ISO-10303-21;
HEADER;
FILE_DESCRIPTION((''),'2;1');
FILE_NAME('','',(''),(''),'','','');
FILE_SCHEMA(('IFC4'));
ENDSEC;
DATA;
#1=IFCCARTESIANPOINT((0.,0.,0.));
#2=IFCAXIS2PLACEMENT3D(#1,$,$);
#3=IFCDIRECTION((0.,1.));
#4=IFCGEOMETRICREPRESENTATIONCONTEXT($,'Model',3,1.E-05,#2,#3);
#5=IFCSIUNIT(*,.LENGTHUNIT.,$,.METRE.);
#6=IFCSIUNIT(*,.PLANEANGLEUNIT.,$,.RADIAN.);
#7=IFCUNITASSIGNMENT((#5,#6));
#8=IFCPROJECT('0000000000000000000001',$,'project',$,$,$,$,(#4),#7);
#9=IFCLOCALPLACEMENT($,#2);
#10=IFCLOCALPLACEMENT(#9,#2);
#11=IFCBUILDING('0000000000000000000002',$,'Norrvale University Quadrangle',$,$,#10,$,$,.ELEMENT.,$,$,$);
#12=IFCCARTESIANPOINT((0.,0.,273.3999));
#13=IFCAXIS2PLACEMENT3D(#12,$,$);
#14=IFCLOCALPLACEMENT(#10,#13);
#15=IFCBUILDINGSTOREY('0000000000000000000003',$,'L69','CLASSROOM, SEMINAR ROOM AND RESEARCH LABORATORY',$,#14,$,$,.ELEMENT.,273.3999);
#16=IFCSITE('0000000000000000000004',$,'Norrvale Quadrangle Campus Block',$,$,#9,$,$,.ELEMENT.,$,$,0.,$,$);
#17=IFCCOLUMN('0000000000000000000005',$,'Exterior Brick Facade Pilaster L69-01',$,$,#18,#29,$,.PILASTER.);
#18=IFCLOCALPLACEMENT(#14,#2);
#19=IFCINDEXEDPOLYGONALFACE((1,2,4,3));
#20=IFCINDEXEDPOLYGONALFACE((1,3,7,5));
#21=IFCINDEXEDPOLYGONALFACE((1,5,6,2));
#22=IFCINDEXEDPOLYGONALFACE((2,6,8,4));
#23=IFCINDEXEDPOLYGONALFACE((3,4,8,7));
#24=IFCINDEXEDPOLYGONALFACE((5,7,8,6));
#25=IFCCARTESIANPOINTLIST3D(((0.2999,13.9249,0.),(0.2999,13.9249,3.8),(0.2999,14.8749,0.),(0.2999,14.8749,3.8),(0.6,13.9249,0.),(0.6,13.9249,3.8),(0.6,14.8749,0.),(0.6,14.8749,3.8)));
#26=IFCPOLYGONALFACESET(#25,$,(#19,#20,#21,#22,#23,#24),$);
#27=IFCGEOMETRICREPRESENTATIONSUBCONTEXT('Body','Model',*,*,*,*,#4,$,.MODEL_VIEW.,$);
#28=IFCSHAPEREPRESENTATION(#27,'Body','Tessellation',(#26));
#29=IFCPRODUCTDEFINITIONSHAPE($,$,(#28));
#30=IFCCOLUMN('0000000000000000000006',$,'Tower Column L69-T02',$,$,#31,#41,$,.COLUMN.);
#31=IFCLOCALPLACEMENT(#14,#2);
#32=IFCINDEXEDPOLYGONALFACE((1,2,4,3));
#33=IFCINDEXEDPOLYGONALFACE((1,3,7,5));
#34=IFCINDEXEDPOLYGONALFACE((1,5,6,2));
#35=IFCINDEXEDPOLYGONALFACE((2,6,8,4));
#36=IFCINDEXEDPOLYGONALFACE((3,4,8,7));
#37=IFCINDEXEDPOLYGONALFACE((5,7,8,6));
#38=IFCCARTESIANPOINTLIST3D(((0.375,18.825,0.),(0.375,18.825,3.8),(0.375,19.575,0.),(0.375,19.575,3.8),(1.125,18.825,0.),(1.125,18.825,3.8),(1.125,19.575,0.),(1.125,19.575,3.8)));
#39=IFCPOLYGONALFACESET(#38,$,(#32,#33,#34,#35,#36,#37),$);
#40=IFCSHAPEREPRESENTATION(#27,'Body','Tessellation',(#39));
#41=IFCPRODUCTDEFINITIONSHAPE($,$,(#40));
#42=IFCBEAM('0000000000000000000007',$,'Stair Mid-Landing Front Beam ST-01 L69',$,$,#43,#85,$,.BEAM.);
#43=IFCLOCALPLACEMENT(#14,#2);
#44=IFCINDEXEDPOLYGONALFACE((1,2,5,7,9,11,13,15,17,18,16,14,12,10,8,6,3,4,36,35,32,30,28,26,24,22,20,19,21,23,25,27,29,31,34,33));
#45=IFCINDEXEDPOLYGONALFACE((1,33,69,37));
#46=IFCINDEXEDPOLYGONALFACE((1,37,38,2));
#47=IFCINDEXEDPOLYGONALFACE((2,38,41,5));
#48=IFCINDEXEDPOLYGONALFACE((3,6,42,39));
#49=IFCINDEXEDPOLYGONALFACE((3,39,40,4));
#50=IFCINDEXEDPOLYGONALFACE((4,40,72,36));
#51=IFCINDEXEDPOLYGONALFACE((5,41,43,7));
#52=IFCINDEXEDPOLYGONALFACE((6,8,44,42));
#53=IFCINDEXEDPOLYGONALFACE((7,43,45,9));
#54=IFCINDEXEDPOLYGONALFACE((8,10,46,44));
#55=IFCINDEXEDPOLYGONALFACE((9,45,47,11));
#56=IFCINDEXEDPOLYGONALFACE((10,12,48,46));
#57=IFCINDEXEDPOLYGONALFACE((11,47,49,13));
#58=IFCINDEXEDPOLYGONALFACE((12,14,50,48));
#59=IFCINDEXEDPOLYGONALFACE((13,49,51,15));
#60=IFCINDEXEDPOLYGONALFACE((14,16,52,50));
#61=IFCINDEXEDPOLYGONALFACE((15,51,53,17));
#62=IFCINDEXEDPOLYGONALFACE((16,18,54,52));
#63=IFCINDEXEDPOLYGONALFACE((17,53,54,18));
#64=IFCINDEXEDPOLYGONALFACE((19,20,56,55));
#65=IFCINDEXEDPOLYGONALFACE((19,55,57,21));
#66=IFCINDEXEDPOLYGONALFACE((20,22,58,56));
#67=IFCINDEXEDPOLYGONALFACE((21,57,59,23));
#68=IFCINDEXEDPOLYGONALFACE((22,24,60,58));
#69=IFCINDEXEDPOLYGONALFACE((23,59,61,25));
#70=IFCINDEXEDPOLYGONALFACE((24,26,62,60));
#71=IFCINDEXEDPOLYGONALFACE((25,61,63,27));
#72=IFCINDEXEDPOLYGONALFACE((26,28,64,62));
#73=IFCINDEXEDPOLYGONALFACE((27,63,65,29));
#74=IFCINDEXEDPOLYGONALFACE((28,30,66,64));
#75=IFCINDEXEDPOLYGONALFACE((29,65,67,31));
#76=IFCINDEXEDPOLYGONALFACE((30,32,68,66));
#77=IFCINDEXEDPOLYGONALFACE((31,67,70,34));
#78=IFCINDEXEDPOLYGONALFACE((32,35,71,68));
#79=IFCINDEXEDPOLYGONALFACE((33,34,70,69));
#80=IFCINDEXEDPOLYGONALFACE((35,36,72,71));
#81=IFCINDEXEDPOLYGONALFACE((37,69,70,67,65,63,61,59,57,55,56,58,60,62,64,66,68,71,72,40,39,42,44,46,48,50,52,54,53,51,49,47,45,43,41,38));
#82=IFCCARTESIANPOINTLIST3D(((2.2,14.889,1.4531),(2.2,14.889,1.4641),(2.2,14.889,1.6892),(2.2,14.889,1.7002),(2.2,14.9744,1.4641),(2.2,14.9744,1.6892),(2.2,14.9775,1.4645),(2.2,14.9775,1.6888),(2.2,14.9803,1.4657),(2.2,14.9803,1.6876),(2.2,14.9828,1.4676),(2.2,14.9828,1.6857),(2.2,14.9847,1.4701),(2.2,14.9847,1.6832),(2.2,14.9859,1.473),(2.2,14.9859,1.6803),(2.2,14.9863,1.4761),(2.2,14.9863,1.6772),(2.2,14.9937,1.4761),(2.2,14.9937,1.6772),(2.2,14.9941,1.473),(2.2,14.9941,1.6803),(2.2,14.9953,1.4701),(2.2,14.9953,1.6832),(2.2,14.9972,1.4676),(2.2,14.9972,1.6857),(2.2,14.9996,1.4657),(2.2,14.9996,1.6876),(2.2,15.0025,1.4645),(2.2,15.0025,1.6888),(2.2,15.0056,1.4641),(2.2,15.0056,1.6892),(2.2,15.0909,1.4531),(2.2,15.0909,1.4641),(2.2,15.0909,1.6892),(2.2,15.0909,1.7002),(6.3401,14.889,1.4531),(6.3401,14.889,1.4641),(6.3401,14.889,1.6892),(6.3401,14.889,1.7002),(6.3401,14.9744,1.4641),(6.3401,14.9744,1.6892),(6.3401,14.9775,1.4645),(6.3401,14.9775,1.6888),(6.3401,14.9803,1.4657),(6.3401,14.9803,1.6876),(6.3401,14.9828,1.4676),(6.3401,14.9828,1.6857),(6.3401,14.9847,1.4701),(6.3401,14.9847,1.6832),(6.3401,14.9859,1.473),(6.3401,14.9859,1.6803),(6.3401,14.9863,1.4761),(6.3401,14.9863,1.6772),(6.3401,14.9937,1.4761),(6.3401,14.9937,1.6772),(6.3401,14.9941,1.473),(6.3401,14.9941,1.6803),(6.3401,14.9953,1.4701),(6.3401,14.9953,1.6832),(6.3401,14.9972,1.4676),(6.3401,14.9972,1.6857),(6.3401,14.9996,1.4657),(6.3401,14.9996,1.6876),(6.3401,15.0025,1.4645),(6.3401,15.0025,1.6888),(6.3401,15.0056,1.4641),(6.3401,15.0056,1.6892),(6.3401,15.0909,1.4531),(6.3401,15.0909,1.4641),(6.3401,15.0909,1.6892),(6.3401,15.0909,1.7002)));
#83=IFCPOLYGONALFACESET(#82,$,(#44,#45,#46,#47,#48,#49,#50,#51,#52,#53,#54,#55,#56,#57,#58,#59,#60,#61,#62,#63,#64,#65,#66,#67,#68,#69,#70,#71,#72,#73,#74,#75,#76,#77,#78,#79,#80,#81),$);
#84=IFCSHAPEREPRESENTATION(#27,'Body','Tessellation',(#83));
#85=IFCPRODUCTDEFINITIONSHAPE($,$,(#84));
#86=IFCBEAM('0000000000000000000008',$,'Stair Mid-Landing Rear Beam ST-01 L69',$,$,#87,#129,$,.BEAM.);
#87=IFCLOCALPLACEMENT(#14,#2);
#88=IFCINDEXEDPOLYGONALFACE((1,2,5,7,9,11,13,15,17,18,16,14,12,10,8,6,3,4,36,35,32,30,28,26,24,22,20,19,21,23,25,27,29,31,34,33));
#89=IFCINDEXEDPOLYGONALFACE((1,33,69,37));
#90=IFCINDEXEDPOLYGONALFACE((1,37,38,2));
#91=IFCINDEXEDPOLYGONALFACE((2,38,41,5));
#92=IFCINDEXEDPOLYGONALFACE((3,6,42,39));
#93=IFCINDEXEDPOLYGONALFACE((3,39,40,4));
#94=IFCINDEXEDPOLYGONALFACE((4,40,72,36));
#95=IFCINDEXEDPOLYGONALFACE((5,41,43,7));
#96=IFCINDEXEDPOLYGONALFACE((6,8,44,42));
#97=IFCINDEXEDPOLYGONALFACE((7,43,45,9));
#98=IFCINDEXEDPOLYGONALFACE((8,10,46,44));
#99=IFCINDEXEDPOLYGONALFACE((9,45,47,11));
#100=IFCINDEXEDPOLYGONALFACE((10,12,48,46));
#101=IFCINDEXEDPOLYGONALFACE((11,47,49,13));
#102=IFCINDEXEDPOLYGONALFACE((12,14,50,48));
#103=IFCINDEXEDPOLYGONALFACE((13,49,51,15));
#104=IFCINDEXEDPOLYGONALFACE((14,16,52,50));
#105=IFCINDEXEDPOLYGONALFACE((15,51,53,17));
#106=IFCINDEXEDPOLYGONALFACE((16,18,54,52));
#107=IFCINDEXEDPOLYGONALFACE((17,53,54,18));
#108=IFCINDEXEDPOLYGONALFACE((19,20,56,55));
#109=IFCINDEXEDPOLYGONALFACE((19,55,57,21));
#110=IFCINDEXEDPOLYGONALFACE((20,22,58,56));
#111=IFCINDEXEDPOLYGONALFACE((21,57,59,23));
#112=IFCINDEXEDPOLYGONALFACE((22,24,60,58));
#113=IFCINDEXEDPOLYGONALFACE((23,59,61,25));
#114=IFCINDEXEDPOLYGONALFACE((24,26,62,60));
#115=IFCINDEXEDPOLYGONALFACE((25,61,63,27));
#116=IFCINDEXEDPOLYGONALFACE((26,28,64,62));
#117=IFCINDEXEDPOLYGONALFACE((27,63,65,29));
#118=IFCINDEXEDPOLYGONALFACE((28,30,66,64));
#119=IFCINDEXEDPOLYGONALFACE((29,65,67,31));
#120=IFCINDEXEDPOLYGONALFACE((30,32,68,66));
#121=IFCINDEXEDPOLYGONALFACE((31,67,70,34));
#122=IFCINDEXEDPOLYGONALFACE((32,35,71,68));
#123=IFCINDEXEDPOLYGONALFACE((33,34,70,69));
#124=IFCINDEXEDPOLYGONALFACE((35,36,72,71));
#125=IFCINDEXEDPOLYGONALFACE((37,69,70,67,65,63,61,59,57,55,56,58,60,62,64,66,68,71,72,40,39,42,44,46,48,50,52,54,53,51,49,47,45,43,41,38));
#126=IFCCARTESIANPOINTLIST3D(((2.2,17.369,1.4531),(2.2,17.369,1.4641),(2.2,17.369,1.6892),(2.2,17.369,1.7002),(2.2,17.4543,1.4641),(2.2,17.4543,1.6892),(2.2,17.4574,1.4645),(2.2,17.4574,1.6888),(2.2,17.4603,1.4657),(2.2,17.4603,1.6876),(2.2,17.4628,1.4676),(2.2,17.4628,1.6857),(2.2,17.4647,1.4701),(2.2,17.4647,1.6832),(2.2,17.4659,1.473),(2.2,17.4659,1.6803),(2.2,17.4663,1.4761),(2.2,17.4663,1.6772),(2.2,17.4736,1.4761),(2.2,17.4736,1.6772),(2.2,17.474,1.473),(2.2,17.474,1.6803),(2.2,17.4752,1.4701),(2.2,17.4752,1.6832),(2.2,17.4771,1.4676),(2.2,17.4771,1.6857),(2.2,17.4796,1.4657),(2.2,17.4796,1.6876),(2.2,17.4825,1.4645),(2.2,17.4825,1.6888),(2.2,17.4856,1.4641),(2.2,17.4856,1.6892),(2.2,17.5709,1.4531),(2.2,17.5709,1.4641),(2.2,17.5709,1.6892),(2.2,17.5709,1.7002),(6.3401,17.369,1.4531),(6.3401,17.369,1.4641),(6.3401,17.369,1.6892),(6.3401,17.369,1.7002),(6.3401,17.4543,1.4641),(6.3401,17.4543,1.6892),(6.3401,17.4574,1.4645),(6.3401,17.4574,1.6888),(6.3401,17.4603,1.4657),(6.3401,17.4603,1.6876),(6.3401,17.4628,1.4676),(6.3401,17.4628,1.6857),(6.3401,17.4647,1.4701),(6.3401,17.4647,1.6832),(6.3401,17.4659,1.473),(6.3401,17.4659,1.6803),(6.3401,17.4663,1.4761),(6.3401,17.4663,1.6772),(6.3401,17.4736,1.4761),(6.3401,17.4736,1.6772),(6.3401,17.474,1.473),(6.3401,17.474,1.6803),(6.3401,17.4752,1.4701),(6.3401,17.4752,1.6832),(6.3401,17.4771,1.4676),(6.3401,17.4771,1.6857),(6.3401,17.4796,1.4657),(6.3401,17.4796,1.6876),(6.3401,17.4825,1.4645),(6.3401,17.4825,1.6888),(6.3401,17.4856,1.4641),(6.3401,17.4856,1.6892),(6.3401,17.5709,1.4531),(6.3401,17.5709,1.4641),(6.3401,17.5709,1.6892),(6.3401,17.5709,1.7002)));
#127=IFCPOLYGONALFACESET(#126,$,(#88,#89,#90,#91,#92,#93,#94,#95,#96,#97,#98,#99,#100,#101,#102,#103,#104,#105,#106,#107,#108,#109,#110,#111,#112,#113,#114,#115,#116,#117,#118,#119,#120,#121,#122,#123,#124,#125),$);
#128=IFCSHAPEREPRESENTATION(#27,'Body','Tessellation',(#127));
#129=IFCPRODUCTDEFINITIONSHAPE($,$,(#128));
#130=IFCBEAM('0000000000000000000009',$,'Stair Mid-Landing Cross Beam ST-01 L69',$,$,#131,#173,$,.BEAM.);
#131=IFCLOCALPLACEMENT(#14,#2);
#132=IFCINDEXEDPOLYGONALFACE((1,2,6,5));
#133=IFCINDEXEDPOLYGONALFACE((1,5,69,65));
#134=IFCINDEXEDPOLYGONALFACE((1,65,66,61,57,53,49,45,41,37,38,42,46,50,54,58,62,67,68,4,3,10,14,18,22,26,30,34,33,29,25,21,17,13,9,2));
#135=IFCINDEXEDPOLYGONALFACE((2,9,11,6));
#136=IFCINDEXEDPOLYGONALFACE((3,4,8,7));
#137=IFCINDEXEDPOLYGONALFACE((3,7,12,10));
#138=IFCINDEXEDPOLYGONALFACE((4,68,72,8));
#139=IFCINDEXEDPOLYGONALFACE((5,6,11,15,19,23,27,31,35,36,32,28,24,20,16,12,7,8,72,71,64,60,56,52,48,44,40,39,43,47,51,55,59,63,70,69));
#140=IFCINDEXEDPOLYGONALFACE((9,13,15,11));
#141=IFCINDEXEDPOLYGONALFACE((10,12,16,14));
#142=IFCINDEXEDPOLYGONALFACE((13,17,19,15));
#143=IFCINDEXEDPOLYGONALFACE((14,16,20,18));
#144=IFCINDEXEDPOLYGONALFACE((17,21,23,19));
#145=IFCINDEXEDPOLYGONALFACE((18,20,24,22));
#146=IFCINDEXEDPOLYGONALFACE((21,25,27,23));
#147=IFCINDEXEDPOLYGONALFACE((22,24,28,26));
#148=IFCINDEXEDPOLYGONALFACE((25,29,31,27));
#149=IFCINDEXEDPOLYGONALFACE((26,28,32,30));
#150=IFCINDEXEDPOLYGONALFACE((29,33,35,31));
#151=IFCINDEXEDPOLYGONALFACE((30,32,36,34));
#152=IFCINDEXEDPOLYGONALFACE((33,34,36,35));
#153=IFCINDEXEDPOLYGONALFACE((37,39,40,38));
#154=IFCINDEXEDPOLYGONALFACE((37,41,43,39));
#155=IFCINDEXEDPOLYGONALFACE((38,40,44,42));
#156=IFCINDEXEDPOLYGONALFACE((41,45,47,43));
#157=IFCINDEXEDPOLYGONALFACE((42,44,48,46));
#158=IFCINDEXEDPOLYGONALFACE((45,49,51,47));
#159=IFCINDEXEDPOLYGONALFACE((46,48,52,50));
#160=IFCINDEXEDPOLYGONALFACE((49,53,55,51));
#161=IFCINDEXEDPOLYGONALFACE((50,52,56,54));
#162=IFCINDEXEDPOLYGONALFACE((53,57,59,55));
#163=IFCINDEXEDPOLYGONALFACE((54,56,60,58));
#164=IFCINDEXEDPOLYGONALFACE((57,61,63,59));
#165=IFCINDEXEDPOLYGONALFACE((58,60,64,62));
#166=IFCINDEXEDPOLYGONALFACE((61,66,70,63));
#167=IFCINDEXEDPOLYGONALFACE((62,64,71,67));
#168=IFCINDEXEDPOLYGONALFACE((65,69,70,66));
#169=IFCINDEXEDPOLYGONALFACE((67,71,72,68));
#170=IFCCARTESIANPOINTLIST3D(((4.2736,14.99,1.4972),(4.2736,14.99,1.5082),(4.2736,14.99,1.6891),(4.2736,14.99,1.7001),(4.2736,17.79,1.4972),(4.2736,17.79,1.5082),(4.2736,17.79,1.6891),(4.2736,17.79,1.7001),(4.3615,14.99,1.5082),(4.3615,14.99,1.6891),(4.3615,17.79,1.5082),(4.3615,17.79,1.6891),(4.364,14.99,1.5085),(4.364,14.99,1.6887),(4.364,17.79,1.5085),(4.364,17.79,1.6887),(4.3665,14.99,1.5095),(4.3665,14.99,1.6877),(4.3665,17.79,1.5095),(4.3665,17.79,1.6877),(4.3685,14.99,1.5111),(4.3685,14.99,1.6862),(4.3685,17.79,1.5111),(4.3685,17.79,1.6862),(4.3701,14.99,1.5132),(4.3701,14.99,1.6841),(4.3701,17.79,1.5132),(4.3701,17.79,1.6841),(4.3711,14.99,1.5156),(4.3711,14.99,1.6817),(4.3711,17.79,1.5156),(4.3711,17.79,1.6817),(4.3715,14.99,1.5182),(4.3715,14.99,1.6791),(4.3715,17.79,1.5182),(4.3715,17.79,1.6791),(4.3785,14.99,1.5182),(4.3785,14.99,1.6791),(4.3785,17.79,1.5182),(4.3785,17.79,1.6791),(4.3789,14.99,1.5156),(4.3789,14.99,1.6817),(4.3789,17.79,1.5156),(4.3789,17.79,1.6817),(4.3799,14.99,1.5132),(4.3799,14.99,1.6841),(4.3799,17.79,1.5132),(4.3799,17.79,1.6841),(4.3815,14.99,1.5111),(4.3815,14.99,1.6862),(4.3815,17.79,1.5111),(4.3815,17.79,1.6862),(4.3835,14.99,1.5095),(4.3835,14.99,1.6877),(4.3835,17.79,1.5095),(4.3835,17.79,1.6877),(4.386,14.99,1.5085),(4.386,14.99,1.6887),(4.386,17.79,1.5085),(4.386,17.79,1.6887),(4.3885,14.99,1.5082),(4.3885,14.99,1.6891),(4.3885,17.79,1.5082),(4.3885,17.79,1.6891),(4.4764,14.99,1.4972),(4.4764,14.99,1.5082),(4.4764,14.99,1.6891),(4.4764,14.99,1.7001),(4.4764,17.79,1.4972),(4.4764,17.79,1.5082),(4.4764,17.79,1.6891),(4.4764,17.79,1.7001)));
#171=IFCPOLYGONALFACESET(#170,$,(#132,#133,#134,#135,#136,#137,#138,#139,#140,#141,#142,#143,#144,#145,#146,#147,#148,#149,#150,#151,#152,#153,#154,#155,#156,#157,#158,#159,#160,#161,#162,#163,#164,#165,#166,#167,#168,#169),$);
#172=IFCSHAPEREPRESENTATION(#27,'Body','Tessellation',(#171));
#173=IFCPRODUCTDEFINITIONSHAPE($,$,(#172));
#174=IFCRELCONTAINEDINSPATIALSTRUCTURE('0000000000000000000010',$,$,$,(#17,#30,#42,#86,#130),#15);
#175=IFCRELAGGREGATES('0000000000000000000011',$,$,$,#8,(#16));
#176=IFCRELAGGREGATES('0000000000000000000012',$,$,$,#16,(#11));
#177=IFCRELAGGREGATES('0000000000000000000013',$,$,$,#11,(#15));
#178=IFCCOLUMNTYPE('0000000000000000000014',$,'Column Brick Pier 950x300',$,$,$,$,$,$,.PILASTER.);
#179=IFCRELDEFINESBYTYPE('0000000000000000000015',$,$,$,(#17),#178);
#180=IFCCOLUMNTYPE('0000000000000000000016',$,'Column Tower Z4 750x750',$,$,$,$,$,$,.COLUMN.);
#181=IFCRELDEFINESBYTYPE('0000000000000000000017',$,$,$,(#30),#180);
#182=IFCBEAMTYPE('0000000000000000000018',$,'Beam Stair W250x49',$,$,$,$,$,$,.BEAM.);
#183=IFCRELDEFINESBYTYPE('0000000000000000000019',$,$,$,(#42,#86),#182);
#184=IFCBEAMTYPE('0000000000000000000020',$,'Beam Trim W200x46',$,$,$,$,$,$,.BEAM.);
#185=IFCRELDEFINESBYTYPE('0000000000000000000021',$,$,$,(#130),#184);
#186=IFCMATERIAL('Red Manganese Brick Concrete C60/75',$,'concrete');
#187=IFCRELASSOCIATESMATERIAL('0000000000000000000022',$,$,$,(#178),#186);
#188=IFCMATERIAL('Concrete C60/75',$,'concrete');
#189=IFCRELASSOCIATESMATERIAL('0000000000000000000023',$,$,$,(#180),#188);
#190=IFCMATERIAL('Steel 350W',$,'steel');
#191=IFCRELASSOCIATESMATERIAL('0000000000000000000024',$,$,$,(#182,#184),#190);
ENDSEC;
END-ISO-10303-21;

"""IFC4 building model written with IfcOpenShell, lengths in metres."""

from ifc_helpers import new_model, si_unit, direction, frame, origin, origin_2d, place, context, subcontext, project, spatial, rectangle, i_section, extrude, material, material_profile, profile_set, type_object, element, save


model = new_model("IFC4")

# Units and contexts
model_context = context("Model", 3, precision=1e-05, world=origin(), true_north=direction((0.0, 1.0)))
body_context = subcontext(model_context, "Body", "Model", "MODEL_VIEW")
ifc_project = project(units=[si_unit("LENGTHUNIT", "METRE"), si_unit("PLANEANGLEUNIT", "RADIAN")], contexts=[model_context])

# Site, building, storey
site_placement = place(None, origin())
site = spatial("IfcSite", under=ifc_project, at=site_placement, Name="Norrvale Quadrangle Campus Block", CompositionType="ELEMENT", RefElevation=0.0)
building_placement = place(site_placement, origin())
building = spatial("IfcBuilding", under=site, at=building_placement, Name="Norrvale University Quadrangle", CompositionType="ELEMENT")
storey_placement = place(building_placement, frame((0.0, 0.0, 273.3999)))
storey = spatial("IfcBuildingStorey", under=building, at=storey_placement, Name="L69", Description="CLASSROOM, SEMINAR ROOM AND RESEARCH LABORATORY", CompositionType="ELEMENT", Elevation=273.3999)

# Columns
ifc_material_1 = material(Name="Red Manganese Brick Concrete C60/75", Category="concrete")
ifc_material_profile_1 = material_profile(ifc_material_1, rectangle(XDim=0.95, YDim=0.3, at=origin_2d()), Name="Red Manganese Brick Concrete C60/75")
ifc_profile_set_1 = profile_set([ifc_material_profile_1], Name="Red Manganese Brick Concrete C60/75")
column_type_1 = type_object("IfcColumnType", Name="Column Brick Pier 950x300", PredefinedType="PILASTER", material=ifc_profile_set_1)
column_1_placement = place(storey_placement, frame((0.45, 14.3999, 0.0), z_axis=(0.0, 0.0, 1.0), x_axis=(0.0, 1.0, 0.0)))
element("IfcColumn", 1, at=column_1_placement, inside=storey, type_object=column_type_1, Name="Exterior Brick Facade Pilaster L69-01", PredefinedType="PILASTER", context=body_context, shape_type="SweptSolid", body=[
    extrude(rectangle(XDim=0.95, YDim=0.3, at=origin_2d()), origin(), (0.0, 0.0, 1.0), 3.8),
])
ifc_material_2 = material(Name="Concrete C60/75", Category="concrete")
ifc_material_profile_2 = material_profile(ifc_material_2, rectangle(XDim=0.75, YDim=0.75, at=origin_2d()), Name="Concrete C60/75")
ifc_profile_set_2 = profile_set([ifc_material_profile_2], Name="Concrete C60/75")
column_type_2 = type_object("IfcColumnType", Name="Column Tower Z4 750x750", PredefinedType="COLUMN", material=ifc_profile_set_2)
column_2_placement = place(storey_placement, frame((0.75, 19.2, 0.0), z_axis=(0.0, 0.0, 1.0), x_axis=(1.0, 0.0, 0.0)))
element("IfcColumn", 2, at=column_2_placement, inside=storey, type_object=column_type_2, Name="Tower Column L69-T02", PredefinedType="COLUMN", context=body_context, shape_type="SweptSolid", body=[
    extrude(rectangle(XDim=0.75, YDim=0.75, at=origin_2d()), origin(), (0.0, 0.0, 1.0), 3.8),
])

# Beams
ifc_material_3 = material(Name="Steel 350W", Category="steel")
ifc_material_profile_3 = material_profile(ifc_material_3, i_section(OverallWidth=0.2019, OverallDepth=0.2471, WebThickness=0.0073, FlangeThickness=0.011, FilletRadius=0.012, at=origin_2d()), Name="Steel 350W")
ifc_profile_set_3 = profile_set([ifc_material_profile_3], Name="Steel 350W")
beam_type_1 = type_object("IfcBeamType", Name="Beam Stair W250x49", PredefinedType="BEAM", material=ifc_profile_set_3)
for number, where, z_axis, x_axis, name in (
    (3, (2.2, 14.99, 1.5767), (1.0, 0.0, 0.0), (0.0, 1.0, 0.0), "Stair Mid-Landing Front Beam ST-01 L69"),
    (4, (2.2, 17.47, 1.5767), (1.0, 0.0, 0.0), (0.0, 1.0, 0.0), "Stair Mid-Landing Rear Beam ST-01 L69"),
):
    element("IfcBeam", number, at=place(storey_placement, frame(where, z_axis=z_axis, x_axis=x_axis)), inside=storey, type_object=beam_type_1, Name=name, PredefinedType="BEAM", context=body_context, shape_type="SweptSolid", body=[
        extrude(i_section(OverallWidth=0.2019, OverallDepth=0.2471, WebThickness=0.0073, FlangeThickness=0.011, FilletRadius=0.012, at=origin_2d()), origin(), (0.0, 0.0, 1.0), 4.1401),
    ])
ifc_material_profile_4 = material_profile(ifc_material_3, i_section(OverallWidth=0.2029, OverallDepth=0.2029, WebThickness=0.0071, FlangeThickness=0.011, FilletRadius=0.01, at=origin_2d()), Name="Steel 350W")
ifc_profile_set_4 = profile_set([ifc_material_profile_4], Name="Steel 350W")
beam_type_2 = type_object("IfcBeamType", Name="Beam Trim W200x46", PredefinedType="BEAM", material=ifc_profile_set_4)
beam_placement = place(storey_placement, frame((4.375, 14.99, 1.5986), z_axis=(0.0, 1.0, 0.0), x_axis=(-1.0, 0.0, 0.0)))
element("IfcBeam", 5, at=beam_placement, inside=storey, type_object=beam_type_2, Name="Stair Mid-Landing Cross Beam ST-01 L69", PredefinedType="BEAM", context=body_context, shape_type="SweptSolid", body=[
    extrude(i_section(OverallWidth=0.2029, OverallDepth=0.2029, WebThickness=0.0071, FlangeThickness=0.011, FilletRadius=0.01, at=origin_2d()), origin(), (0.0, 0.0, 1.0), 2.8),
])

save(model, "model.ifc")
